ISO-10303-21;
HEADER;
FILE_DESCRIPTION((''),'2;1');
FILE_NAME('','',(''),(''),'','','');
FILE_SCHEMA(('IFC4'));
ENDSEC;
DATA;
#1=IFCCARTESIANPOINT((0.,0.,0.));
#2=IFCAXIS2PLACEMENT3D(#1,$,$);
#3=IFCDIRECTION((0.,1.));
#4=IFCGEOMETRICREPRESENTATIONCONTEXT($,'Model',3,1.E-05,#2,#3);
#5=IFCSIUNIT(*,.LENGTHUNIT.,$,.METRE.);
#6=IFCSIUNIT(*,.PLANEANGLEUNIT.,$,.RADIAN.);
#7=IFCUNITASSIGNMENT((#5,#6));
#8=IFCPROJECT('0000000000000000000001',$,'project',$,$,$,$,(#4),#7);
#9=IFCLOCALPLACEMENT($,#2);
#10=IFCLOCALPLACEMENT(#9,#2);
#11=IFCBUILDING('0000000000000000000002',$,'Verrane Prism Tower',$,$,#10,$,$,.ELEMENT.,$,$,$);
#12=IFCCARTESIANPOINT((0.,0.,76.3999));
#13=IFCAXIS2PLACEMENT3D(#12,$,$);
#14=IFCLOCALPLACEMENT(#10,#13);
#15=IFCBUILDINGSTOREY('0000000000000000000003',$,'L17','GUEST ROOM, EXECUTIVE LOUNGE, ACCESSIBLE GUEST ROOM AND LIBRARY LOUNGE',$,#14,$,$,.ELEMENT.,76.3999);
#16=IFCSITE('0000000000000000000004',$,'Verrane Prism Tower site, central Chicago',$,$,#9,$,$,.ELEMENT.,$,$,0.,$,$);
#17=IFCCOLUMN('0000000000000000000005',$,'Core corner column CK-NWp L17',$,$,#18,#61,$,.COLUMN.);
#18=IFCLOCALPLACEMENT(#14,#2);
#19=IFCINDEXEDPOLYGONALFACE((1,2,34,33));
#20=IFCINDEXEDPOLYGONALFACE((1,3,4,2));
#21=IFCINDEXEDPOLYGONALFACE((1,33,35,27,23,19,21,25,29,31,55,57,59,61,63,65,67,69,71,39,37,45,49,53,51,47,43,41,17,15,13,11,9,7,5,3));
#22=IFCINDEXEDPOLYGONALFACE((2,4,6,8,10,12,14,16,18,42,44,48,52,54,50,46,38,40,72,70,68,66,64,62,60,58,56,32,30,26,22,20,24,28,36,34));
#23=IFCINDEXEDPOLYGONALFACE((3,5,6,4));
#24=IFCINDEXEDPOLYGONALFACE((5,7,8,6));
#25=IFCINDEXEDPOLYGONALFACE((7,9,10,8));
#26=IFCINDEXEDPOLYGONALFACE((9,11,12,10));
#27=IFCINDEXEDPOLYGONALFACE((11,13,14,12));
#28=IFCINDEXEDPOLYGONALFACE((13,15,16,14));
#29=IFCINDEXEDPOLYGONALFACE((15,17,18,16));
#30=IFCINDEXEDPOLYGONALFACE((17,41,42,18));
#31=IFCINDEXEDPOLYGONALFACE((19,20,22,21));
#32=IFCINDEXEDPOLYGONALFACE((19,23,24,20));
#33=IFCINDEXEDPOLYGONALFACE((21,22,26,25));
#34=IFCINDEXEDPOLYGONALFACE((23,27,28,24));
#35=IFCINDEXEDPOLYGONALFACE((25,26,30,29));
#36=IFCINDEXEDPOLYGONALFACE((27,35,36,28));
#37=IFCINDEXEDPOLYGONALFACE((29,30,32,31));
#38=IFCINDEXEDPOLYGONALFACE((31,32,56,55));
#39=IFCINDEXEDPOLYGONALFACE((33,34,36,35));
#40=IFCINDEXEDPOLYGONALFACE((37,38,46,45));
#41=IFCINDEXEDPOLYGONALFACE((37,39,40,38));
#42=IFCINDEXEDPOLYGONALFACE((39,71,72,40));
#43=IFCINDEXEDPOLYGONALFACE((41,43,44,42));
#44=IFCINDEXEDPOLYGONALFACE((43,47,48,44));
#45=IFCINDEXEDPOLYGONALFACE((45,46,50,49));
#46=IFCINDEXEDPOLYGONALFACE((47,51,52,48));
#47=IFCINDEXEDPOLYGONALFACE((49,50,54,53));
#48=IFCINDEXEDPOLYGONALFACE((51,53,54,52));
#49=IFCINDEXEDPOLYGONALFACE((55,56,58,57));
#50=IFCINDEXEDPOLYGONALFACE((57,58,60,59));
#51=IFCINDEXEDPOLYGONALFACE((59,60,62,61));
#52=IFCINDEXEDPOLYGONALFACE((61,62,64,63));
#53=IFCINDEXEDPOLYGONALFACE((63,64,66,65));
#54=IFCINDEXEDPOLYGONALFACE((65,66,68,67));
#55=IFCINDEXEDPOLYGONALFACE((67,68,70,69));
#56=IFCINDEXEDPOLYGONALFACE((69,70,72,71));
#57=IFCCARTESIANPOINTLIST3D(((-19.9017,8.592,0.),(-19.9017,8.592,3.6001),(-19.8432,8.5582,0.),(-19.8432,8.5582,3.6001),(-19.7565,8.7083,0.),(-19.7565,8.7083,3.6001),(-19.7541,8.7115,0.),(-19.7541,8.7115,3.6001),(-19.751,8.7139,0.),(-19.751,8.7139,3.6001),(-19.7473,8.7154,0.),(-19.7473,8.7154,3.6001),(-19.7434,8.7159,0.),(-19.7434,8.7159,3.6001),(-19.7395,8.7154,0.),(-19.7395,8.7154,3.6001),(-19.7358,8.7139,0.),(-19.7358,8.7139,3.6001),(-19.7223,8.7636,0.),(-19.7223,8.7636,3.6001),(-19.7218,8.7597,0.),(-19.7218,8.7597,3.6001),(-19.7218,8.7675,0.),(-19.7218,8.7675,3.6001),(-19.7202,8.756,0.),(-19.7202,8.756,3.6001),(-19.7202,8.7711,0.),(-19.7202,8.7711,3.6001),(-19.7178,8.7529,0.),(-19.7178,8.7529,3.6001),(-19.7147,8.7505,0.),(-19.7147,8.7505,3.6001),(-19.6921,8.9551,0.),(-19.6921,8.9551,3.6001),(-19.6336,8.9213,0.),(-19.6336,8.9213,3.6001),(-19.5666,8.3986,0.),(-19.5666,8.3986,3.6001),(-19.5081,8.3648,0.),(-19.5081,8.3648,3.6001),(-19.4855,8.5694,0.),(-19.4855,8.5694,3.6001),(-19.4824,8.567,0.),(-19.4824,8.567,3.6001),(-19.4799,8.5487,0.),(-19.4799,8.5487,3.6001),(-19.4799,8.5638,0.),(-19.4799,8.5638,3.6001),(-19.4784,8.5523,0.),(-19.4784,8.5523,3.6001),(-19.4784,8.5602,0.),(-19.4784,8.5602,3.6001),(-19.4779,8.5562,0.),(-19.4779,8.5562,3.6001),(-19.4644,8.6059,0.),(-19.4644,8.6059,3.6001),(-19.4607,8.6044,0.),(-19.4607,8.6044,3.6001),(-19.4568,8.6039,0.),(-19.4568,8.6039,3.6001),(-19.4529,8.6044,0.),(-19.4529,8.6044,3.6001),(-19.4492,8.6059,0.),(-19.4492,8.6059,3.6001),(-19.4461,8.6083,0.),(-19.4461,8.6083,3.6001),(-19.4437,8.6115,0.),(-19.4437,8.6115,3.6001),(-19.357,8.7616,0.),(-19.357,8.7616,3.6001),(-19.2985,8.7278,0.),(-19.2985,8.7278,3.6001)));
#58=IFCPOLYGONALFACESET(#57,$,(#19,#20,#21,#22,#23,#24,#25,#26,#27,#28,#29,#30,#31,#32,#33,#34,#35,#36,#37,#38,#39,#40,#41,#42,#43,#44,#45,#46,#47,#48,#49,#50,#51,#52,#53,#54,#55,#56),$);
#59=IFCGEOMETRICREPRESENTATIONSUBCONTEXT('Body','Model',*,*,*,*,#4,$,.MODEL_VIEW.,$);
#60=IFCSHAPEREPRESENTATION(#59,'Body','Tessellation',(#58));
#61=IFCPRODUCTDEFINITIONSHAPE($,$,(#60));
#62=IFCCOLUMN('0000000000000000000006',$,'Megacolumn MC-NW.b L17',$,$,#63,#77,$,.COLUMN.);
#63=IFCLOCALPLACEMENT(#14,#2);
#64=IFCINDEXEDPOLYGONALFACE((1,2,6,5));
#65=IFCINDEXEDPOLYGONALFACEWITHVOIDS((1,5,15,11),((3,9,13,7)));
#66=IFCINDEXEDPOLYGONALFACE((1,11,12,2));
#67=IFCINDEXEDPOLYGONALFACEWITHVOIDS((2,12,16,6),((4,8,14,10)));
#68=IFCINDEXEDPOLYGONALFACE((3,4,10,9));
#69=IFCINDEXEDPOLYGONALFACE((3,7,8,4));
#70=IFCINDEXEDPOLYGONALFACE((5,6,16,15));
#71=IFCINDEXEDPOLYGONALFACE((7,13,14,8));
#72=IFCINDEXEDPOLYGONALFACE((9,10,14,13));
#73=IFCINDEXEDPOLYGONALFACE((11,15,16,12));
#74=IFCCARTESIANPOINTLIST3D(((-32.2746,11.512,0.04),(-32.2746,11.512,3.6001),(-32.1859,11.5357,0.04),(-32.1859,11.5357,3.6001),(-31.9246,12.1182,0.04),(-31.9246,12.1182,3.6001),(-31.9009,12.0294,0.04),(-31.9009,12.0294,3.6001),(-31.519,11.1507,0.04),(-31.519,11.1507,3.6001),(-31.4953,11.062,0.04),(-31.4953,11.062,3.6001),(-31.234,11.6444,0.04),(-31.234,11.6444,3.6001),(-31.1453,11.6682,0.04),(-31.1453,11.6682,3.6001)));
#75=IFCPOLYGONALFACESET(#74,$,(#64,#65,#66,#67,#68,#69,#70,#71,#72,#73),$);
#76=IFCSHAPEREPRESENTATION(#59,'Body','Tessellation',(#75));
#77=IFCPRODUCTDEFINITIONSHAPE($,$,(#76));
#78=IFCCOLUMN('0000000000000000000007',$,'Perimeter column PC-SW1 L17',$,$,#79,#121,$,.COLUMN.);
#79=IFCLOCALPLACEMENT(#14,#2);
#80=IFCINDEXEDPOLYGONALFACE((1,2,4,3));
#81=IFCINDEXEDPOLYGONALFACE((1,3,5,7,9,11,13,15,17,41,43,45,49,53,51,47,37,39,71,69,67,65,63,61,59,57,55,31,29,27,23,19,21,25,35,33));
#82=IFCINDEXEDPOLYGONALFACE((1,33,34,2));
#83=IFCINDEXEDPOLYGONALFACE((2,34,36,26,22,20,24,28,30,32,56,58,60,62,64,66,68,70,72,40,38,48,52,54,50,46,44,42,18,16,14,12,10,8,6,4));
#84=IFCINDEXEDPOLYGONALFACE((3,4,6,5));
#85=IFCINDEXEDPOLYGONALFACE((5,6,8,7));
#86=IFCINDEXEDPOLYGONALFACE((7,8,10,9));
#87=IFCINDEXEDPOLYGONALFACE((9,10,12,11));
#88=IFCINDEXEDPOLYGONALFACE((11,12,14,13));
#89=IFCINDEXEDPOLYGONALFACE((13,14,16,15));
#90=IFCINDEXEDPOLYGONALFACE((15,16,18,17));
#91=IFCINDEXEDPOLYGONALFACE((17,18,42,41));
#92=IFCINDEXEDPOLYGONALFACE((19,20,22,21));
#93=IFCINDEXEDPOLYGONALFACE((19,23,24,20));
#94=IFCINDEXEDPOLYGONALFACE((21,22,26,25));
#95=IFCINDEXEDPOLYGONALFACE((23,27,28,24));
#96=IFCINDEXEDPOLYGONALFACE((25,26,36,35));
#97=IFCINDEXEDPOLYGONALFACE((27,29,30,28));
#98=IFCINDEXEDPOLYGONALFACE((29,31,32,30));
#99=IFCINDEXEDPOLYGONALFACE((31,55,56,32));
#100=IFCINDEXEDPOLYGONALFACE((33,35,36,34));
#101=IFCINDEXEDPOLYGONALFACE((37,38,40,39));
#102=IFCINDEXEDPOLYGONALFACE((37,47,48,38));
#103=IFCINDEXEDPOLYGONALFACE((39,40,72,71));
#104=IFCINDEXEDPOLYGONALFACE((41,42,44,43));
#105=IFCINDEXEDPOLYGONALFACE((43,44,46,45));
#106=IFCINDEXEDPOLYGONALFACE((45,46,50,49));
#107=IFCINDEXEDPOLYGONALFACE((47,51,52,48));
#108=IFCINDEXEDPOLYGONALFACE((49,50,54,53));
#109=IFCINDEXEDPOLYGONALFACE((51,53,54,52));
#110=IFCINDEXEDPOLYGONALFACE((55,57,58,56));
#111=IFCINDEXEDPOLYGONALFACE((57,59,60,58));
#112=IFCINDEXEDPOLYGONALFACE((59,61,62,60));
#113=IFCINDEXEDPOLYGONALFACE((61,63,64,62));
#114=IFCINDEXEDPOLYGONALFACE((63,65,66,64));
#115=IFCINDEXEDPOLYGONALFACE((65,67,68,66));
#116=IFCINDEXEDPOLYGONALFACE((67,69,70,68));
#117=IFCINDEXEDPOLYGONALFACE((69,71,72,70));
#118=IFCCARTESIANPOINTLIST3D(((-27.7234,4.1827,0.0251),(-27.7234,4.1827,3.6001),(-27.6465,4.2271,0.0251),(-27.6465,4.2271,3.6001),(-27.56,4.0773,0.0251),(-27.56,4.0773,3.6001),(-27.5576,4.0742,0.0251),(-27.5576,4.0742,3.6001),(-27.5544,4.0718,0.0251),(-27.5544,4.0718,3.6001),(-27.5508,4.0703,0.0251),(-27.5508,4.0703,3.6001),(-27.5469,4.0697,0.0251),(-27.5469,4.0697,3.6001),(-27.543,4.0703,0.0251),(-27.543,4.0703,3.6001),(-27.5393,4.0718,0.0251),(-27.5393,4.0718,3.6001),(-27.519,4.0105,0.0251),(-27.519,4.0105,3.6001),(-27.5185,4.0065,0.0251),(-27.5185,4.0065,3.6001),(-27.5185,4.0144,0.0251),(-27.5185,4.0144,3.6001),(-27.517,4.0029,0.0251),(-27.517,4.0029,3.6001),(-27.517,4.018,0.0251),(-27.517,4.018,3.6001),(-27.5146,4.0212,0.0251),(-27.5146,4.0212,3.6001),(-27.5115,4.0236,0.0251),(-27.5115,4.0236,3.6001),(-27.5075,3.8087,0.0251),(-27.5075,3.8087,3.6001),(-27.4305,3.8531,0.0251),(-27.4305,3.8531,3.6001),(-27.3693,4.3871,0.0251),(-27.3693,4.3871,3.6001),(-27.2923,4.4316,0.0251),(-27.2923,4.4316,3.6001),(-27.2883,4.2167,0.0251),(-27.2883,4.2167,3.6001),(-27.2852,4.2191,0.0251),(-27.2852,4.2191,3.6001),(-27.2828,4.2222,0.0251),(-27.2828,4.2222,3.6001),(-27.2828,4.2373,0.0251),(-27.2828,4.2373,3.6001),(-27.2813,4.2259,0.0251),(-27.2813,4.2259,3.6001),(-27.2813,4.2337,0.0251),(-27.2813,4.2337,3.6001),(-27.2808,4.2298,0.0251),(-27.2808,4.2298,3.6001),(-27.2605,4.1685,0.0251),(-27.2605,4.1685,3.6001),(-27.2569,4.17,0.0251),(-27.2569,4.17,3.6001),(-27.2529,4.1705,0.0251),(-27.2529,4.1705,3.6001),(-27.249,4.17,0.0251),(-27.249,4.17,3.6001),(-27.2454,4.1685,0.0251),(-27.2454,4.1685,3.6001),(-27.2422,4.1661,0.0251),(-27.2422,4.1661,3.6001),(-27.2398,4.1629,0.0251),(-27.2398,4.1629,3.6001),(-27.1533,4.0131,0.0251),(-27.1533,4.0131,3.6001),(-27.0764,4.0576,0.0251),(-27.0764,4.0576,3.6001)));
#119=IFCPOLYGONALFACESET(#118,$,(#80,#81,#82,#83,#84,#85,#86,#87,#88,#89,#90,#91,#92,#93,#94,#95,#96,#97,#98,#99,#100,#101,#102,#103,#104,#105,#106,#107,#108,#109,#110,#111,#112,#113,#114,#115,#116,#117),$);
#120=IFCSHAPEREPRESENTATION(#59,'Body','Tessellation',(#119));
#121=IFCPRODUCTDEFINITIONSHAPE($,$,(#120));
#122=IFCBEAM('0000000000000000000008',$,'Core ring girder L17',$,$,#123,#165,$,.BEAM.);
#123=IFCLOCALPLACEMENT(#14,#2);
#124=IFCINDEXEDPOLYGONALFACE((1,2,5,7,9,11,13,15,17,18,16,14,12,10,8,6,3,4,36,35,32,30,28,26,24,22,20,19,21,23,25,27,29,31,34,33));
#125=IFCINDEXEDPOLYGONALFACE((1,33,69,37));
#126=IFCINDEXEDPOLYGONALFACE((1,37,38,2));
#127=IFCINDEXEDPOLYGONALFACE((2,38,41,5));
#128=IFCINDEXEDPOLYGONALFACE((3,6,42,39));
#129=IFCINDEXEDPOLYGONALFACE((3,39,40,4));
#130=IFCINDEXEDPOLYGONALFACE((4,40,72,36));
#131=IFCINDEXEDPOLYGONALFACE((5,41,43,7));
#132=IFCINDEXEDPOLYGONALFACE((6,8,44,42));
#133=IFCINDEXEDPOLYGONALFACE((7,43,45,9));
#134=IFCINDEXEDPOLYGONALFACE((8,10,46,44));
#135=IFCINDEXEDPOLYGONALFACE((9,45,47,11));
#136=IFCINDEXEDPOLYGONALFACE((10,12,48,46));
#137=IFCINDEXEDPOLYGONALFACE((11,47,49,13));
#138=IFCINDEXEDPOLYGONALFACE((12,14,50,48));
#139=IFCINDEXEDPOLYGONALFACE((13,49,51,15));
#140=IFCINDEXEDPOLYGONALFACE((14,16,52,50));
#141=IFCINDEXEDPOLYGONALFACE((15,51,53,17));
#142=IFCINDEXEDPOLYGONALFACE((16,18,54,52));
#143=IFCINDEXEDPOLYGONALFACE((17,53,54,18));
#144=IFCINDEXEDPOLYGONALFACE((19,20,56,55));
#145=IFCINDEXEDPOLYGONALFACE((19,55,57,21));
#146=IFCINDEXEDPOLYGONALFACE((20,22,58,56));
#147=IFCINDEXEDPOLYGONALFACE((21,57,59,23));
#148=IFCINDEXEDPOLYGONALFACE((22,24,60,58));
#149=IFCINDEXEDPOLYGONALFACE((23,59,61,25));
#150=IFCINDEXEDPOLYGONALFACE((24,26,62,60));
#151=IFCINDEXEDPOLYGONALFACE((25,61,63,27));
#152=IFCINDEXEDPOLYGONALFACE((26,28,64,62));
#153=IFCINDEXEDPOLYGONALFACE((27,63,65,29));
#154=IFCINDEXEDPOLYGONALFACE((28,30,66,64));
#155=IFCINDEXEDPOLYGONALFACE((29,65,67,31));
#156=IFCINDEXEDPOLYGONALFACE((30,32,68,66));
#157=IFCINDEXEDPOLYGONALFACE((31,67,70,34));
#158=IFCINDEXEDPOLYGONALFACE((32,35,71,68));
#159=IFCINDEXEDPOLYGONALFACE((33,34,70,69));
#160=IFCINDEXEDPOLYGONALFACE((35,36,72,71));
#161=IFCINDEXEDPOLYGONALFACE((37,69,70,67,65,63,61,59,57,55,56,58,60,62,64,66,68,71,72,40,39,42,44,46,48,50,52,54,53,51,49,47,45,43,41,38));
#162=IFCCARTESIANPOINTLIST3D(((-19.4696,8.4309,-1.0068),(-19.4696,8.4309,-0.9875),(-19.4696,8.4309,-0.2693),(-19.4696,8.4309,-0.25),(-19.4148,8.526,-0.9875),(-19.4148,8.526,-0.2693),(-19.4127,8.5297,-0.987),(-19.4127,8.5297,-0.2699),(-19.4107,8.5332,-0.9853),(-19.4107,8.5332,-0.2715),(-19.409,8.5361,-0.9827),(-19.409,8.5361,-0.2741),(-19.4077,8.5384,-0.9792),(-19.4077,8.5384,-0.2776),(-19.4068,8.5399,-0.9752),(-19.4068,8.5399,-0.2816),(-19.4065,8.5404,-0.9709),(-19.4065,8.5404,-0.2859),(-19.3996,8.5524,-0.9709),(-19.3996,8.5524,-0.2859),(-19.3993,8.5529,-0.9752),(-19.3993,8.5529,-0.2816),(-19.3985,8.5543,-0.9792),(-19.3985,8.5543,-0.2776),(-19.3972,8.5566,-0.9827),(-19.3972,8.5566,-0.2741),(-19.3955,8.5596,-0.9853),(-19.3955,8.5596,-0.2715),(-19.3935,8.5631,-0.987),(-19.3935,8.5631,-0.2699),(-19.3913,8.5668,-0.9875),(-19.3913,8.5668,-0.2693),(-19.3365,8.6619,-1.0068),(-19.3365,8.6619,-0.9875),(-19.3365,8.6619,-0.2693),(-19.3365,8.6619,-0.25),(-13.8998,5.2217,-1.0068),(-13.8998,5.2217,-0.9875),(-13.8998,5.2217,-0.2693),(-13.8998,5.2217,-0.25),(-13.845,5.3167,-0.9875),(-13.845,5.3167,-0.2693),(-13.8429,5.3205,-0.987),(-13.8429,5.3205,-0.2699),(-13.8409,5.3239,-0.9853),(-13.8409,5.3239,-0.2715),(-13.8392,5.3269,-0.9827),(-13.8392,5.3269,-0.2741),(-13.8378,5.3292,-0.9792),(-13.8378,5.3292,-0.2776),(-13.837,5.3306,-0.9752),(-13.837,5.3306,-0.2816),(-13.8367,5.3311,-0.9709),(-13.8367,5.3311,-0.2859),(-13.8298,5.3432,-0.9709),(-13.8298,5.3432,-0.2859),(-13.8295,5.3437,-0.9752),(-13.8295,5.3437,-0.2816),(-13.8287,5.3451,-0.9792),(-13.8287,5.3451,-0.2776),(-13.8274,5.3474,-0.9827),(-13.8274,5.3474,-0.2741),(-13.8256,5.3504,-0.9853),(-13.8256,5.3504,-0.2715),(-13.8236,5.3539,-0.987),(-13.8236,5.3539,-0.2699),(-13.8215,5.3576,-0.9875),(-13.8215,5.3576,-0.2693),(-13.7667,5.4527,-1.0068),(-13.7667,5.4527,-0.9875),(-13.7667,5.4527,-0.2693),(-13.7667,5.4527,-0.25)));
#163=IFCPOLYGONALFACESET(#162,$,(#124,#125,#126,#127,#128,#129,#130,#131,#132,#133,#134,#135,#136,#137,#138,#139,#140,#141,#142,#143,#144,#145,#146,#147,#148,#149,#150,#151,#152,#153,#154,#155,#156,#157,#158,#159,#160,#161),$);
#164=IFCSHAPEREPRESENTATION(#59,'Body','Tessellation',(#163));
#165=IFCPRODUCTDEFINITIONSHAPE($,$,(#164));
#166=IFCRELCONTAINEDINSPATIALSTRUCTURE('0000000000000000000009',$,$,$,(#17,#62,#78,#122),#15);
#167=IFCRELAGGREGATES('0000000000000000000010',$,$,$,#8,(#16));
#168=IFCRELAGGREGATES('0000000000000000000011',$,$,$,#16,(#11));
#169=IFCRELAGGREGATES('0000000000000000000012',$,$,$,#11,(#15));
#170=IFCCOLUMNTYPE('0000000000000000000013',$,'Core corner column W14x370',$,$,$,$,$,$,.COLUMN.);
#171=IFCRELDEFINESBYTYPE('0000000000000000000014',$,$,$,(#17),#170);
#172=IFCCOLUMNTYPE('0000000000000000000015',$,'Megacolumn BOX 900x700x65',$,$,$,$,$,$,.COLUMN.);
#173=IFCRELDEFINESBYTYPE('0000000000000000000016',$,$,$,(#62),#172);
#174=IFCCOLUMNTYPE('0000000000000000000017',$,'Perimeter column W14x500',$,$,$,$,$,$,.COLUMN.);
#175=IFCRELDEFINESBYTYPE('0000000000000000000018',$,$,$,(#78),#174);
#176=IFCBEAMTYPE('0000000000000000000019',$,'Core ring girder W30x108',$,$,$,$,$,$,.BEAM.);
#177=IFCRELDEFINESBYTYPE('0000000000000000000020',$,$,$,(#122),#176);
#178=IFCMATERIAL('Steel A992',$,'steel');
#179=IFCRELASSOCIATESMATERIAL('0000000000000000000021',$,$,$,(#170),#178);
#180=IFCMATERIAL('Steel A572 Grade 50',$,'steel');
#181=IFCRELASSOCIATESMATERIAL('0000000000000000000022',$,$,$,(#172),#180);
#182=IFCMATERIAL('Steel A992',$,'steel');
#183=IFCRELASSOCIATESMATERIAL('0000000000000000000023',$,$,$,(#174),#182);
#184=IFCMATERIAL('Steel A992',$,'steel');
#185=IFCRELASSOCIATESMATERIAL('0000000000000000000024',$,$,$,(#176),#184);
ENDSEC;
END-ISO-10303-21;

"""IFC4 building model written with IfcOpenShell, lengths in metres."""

from ifc_helpers import new_model, si_unit, direction, frame, origin, origin_2d, place, context, subcontext, project, spatial, hollow_rectangle, i_section, extrude, material, material_profile, profile_set, type_object, element, save


model = new_model("IFC4")

# Units and contexts
model_context = context("Model", 3, precision=1e-05, world=origin(), true_north=direction((0.0, 1.0)))
body_context = subcontext(model_context, "Body", "Model", "MODEL_VIEW")
ifc_project = project(units=[si_unit("LENGTHUNIT", "METRE"), si_unit("PLANEANGLEUNIT", "RADIAN")], contexts=[model_context])

# Site, building, storey
site_placement = place(None, origin())
site = spatial("IfcSite", under=ifc_project, at=site_placement, Name="Verrane Prism Tower site, central Chicago", CompositionType="ELEMENT", RefElevation=0.0)
building_placement = place(site_placement, origin())
building = spatial("IfcBuilding", under=site, at=building_placement, Name="Verrane Prism Tower", CompositionType="ELEMENT")
storey_placement = place(building_placement, frame((0.0, 0.0, 76.3999)))
storey = spatial("IfcBuildingStorey", under=building, at=storey_placement, Name="L17", Description="GUEST ROOM, EXECUTIVE LOUNGE, ACCESSIBLE GUEST ROOM AND LIBRARY LOUNGE", CompositionType="ELEMENT", Elevation=76.3999)

# Columns
ifc_material_1 = material(Name="Steel A992", Category="steel")
ifc_material_profile_1 = material_profile(ifc_material_1, i_section(OverallWidth=0.4192, OverallDepth=0.4546, WebThickness=0.0422, FlangeThickness=0.0676, FilletRadius=0.0151, at=origin_2d()), Name="W14x370")
ifc_profile_set_1 = profile_set([ifc_material_profile_1], Name="Steel A992")
column_type_1 = type_object("IfcColumnType", Name="Core corner column W14x370", PredefinedType="COLUMN", material=ifc_profile_set_1)
column_1_placement = place(storey_placement, frame((-19.6001, 8.6599, 0.0), z_axis=(0.0, 0.0, 1.0), x_axis=(0.5, 0.866025, 0.0)))
element("IfcColumn", 1, at=column_1_placement, inside=storey, type_object=column_type_1, Name="Core corner column CK-NWp L17", PredefinedType="COLUMN", context=body_context, shape_type="SweptSolid", body=[
    extrude(i_section(OverallWidth=0.4192, OverallDepth=0.4546, WebThickness=0.0422, FlangeThickness=0.0676, FilletRadius=0.0151, at=origin_2d()), origin(), (0.0, 0.0, 1.0), 3.6001),
])
ifc_material_2 = material(Name="Steel A572 Grade 50", Category="steel")
ifc_material_profile_2 = material_profile(ifc_material_2, hollow_rectangle(XDim=0.7, YDim=0.8999, WallThickness=0.0649, at=origin_2d()), Name="BOX 900x700x65")
ifc_profile_set_2 = profile_set([ifc_material_profile_2], Name="Steel A572 Grade 50")
column_type_2 = type_object("IfcColumnType", Name="Megacolumn BOX 900x700x65", PredefinedType="COLUMN", material=ifc_profile_set_2)
column_2_placement = place(storey_placement, frame((-31.71, 11.5901, 0.04), z_axis=(0.0, 0.0, 1.0), x_axis=(0.5, 0.866025, 0.0)))
element("IfcColumn", 2, at=column_2_placement, inside=storey, type_object=column_type_2, Name="Megacolumn MC-NW.b L17", PredefinedType="COLUMN", context=body_context, shape_type="SweptSolid", body=[
    extrude(hollow_rectangle(XDim=0.7, YDim=0.8999, WallThickness=0.0649, at=origin_2d()), origin(), (0.0, 0.0, 1.0), 3.5601),
])
ifc_material_3 = material(Name="Steel A992", Category="steel")
ifc_material_profile_3 = material_profile(ifc_material_3, i_section(OverallWidth=0.4319, OverallDepth=0.4978, WebThickness=0.0557, FlangeThickness=0.0889, FilletRadius=0.0151, at=origin_2d()), Name="W14x500")
ifc_profile_set_3 = profile_set([ifc_material_profile_3], Name="Steel A992")
column_type_3 = type_object("IfcColumnType", Name="Perimeter column W14x500", PredefinedType="COLUMN", material=ifc_profile_set_3)
column_3_placement = place(storey_placement, frame((-27.3999, 4.1201, 0.0251), z_axis=(0.0, 0.0, 1.0), x_axis=(-0.5, 0.866025, 0.0)))
element("IfcColumn", 3, at=column_3_placement, inside=storey, type_object=column_type_3, Name="Perimeter column PC-SW1 L17", PredefinedType="COLUMN", context=body_context, shape_type="SweptSolid", body=[
    extrude(i_section(OverallWidth=0.4319, OverallDepth=0.4978, WebThickness=0.0557, FlangeThickness=0.0889, FilletRadius=0.0151, at=origin_2d()), origin(), (0.0, 0.0, 1.0), 3.575),
])

# Beam
ifc_material_4 = material(Name="Steel A992", Category="steel")
ifc_material_profile_4 = material_profile(ifc_material_4, i_section(OverallWidth=0.2666, OverallDepth=0.7568, WebThickness=0.0139, FlangeThickness=0.0193, FilletRadius=0.0166, at=origin_2d()), Name="W30x108")
ifc_profile_set_4 = profile_set([ifc_material_profile_4], Name="Steel A992")
beam_type_1 = type_object("IfcBeamType", Name="Core ring girder W30x108", PredefinedType="BEAM", material=ifc_profile_set_4)
beam_1_placement = place(storey_placement, frame((-19.4031, 8.5464, -0.6284), z_axis=(0.866464, -0.49924, 0.0), x_axis=(0.49924, 0.866464, 0.0)))
element("IfcBeam", 4, at=beam_1_placement, inside=storey, type_object=beam_type_1, Name="Core ring girder L17", PredefinedType="BEAM", context=body_context, shape_type="SweptSolid", body=[
    extrude(i_section(OverallWidth=0.2666, OverallDepth=0.7568, WebThickness=0.0139, FlangeThickness=0.0193, FilletRadius=0.0166, at=origin_2d()), origin(), (0.0, 0.0, 1.0), 6.4282),
])

save(model, "model.ifc")
